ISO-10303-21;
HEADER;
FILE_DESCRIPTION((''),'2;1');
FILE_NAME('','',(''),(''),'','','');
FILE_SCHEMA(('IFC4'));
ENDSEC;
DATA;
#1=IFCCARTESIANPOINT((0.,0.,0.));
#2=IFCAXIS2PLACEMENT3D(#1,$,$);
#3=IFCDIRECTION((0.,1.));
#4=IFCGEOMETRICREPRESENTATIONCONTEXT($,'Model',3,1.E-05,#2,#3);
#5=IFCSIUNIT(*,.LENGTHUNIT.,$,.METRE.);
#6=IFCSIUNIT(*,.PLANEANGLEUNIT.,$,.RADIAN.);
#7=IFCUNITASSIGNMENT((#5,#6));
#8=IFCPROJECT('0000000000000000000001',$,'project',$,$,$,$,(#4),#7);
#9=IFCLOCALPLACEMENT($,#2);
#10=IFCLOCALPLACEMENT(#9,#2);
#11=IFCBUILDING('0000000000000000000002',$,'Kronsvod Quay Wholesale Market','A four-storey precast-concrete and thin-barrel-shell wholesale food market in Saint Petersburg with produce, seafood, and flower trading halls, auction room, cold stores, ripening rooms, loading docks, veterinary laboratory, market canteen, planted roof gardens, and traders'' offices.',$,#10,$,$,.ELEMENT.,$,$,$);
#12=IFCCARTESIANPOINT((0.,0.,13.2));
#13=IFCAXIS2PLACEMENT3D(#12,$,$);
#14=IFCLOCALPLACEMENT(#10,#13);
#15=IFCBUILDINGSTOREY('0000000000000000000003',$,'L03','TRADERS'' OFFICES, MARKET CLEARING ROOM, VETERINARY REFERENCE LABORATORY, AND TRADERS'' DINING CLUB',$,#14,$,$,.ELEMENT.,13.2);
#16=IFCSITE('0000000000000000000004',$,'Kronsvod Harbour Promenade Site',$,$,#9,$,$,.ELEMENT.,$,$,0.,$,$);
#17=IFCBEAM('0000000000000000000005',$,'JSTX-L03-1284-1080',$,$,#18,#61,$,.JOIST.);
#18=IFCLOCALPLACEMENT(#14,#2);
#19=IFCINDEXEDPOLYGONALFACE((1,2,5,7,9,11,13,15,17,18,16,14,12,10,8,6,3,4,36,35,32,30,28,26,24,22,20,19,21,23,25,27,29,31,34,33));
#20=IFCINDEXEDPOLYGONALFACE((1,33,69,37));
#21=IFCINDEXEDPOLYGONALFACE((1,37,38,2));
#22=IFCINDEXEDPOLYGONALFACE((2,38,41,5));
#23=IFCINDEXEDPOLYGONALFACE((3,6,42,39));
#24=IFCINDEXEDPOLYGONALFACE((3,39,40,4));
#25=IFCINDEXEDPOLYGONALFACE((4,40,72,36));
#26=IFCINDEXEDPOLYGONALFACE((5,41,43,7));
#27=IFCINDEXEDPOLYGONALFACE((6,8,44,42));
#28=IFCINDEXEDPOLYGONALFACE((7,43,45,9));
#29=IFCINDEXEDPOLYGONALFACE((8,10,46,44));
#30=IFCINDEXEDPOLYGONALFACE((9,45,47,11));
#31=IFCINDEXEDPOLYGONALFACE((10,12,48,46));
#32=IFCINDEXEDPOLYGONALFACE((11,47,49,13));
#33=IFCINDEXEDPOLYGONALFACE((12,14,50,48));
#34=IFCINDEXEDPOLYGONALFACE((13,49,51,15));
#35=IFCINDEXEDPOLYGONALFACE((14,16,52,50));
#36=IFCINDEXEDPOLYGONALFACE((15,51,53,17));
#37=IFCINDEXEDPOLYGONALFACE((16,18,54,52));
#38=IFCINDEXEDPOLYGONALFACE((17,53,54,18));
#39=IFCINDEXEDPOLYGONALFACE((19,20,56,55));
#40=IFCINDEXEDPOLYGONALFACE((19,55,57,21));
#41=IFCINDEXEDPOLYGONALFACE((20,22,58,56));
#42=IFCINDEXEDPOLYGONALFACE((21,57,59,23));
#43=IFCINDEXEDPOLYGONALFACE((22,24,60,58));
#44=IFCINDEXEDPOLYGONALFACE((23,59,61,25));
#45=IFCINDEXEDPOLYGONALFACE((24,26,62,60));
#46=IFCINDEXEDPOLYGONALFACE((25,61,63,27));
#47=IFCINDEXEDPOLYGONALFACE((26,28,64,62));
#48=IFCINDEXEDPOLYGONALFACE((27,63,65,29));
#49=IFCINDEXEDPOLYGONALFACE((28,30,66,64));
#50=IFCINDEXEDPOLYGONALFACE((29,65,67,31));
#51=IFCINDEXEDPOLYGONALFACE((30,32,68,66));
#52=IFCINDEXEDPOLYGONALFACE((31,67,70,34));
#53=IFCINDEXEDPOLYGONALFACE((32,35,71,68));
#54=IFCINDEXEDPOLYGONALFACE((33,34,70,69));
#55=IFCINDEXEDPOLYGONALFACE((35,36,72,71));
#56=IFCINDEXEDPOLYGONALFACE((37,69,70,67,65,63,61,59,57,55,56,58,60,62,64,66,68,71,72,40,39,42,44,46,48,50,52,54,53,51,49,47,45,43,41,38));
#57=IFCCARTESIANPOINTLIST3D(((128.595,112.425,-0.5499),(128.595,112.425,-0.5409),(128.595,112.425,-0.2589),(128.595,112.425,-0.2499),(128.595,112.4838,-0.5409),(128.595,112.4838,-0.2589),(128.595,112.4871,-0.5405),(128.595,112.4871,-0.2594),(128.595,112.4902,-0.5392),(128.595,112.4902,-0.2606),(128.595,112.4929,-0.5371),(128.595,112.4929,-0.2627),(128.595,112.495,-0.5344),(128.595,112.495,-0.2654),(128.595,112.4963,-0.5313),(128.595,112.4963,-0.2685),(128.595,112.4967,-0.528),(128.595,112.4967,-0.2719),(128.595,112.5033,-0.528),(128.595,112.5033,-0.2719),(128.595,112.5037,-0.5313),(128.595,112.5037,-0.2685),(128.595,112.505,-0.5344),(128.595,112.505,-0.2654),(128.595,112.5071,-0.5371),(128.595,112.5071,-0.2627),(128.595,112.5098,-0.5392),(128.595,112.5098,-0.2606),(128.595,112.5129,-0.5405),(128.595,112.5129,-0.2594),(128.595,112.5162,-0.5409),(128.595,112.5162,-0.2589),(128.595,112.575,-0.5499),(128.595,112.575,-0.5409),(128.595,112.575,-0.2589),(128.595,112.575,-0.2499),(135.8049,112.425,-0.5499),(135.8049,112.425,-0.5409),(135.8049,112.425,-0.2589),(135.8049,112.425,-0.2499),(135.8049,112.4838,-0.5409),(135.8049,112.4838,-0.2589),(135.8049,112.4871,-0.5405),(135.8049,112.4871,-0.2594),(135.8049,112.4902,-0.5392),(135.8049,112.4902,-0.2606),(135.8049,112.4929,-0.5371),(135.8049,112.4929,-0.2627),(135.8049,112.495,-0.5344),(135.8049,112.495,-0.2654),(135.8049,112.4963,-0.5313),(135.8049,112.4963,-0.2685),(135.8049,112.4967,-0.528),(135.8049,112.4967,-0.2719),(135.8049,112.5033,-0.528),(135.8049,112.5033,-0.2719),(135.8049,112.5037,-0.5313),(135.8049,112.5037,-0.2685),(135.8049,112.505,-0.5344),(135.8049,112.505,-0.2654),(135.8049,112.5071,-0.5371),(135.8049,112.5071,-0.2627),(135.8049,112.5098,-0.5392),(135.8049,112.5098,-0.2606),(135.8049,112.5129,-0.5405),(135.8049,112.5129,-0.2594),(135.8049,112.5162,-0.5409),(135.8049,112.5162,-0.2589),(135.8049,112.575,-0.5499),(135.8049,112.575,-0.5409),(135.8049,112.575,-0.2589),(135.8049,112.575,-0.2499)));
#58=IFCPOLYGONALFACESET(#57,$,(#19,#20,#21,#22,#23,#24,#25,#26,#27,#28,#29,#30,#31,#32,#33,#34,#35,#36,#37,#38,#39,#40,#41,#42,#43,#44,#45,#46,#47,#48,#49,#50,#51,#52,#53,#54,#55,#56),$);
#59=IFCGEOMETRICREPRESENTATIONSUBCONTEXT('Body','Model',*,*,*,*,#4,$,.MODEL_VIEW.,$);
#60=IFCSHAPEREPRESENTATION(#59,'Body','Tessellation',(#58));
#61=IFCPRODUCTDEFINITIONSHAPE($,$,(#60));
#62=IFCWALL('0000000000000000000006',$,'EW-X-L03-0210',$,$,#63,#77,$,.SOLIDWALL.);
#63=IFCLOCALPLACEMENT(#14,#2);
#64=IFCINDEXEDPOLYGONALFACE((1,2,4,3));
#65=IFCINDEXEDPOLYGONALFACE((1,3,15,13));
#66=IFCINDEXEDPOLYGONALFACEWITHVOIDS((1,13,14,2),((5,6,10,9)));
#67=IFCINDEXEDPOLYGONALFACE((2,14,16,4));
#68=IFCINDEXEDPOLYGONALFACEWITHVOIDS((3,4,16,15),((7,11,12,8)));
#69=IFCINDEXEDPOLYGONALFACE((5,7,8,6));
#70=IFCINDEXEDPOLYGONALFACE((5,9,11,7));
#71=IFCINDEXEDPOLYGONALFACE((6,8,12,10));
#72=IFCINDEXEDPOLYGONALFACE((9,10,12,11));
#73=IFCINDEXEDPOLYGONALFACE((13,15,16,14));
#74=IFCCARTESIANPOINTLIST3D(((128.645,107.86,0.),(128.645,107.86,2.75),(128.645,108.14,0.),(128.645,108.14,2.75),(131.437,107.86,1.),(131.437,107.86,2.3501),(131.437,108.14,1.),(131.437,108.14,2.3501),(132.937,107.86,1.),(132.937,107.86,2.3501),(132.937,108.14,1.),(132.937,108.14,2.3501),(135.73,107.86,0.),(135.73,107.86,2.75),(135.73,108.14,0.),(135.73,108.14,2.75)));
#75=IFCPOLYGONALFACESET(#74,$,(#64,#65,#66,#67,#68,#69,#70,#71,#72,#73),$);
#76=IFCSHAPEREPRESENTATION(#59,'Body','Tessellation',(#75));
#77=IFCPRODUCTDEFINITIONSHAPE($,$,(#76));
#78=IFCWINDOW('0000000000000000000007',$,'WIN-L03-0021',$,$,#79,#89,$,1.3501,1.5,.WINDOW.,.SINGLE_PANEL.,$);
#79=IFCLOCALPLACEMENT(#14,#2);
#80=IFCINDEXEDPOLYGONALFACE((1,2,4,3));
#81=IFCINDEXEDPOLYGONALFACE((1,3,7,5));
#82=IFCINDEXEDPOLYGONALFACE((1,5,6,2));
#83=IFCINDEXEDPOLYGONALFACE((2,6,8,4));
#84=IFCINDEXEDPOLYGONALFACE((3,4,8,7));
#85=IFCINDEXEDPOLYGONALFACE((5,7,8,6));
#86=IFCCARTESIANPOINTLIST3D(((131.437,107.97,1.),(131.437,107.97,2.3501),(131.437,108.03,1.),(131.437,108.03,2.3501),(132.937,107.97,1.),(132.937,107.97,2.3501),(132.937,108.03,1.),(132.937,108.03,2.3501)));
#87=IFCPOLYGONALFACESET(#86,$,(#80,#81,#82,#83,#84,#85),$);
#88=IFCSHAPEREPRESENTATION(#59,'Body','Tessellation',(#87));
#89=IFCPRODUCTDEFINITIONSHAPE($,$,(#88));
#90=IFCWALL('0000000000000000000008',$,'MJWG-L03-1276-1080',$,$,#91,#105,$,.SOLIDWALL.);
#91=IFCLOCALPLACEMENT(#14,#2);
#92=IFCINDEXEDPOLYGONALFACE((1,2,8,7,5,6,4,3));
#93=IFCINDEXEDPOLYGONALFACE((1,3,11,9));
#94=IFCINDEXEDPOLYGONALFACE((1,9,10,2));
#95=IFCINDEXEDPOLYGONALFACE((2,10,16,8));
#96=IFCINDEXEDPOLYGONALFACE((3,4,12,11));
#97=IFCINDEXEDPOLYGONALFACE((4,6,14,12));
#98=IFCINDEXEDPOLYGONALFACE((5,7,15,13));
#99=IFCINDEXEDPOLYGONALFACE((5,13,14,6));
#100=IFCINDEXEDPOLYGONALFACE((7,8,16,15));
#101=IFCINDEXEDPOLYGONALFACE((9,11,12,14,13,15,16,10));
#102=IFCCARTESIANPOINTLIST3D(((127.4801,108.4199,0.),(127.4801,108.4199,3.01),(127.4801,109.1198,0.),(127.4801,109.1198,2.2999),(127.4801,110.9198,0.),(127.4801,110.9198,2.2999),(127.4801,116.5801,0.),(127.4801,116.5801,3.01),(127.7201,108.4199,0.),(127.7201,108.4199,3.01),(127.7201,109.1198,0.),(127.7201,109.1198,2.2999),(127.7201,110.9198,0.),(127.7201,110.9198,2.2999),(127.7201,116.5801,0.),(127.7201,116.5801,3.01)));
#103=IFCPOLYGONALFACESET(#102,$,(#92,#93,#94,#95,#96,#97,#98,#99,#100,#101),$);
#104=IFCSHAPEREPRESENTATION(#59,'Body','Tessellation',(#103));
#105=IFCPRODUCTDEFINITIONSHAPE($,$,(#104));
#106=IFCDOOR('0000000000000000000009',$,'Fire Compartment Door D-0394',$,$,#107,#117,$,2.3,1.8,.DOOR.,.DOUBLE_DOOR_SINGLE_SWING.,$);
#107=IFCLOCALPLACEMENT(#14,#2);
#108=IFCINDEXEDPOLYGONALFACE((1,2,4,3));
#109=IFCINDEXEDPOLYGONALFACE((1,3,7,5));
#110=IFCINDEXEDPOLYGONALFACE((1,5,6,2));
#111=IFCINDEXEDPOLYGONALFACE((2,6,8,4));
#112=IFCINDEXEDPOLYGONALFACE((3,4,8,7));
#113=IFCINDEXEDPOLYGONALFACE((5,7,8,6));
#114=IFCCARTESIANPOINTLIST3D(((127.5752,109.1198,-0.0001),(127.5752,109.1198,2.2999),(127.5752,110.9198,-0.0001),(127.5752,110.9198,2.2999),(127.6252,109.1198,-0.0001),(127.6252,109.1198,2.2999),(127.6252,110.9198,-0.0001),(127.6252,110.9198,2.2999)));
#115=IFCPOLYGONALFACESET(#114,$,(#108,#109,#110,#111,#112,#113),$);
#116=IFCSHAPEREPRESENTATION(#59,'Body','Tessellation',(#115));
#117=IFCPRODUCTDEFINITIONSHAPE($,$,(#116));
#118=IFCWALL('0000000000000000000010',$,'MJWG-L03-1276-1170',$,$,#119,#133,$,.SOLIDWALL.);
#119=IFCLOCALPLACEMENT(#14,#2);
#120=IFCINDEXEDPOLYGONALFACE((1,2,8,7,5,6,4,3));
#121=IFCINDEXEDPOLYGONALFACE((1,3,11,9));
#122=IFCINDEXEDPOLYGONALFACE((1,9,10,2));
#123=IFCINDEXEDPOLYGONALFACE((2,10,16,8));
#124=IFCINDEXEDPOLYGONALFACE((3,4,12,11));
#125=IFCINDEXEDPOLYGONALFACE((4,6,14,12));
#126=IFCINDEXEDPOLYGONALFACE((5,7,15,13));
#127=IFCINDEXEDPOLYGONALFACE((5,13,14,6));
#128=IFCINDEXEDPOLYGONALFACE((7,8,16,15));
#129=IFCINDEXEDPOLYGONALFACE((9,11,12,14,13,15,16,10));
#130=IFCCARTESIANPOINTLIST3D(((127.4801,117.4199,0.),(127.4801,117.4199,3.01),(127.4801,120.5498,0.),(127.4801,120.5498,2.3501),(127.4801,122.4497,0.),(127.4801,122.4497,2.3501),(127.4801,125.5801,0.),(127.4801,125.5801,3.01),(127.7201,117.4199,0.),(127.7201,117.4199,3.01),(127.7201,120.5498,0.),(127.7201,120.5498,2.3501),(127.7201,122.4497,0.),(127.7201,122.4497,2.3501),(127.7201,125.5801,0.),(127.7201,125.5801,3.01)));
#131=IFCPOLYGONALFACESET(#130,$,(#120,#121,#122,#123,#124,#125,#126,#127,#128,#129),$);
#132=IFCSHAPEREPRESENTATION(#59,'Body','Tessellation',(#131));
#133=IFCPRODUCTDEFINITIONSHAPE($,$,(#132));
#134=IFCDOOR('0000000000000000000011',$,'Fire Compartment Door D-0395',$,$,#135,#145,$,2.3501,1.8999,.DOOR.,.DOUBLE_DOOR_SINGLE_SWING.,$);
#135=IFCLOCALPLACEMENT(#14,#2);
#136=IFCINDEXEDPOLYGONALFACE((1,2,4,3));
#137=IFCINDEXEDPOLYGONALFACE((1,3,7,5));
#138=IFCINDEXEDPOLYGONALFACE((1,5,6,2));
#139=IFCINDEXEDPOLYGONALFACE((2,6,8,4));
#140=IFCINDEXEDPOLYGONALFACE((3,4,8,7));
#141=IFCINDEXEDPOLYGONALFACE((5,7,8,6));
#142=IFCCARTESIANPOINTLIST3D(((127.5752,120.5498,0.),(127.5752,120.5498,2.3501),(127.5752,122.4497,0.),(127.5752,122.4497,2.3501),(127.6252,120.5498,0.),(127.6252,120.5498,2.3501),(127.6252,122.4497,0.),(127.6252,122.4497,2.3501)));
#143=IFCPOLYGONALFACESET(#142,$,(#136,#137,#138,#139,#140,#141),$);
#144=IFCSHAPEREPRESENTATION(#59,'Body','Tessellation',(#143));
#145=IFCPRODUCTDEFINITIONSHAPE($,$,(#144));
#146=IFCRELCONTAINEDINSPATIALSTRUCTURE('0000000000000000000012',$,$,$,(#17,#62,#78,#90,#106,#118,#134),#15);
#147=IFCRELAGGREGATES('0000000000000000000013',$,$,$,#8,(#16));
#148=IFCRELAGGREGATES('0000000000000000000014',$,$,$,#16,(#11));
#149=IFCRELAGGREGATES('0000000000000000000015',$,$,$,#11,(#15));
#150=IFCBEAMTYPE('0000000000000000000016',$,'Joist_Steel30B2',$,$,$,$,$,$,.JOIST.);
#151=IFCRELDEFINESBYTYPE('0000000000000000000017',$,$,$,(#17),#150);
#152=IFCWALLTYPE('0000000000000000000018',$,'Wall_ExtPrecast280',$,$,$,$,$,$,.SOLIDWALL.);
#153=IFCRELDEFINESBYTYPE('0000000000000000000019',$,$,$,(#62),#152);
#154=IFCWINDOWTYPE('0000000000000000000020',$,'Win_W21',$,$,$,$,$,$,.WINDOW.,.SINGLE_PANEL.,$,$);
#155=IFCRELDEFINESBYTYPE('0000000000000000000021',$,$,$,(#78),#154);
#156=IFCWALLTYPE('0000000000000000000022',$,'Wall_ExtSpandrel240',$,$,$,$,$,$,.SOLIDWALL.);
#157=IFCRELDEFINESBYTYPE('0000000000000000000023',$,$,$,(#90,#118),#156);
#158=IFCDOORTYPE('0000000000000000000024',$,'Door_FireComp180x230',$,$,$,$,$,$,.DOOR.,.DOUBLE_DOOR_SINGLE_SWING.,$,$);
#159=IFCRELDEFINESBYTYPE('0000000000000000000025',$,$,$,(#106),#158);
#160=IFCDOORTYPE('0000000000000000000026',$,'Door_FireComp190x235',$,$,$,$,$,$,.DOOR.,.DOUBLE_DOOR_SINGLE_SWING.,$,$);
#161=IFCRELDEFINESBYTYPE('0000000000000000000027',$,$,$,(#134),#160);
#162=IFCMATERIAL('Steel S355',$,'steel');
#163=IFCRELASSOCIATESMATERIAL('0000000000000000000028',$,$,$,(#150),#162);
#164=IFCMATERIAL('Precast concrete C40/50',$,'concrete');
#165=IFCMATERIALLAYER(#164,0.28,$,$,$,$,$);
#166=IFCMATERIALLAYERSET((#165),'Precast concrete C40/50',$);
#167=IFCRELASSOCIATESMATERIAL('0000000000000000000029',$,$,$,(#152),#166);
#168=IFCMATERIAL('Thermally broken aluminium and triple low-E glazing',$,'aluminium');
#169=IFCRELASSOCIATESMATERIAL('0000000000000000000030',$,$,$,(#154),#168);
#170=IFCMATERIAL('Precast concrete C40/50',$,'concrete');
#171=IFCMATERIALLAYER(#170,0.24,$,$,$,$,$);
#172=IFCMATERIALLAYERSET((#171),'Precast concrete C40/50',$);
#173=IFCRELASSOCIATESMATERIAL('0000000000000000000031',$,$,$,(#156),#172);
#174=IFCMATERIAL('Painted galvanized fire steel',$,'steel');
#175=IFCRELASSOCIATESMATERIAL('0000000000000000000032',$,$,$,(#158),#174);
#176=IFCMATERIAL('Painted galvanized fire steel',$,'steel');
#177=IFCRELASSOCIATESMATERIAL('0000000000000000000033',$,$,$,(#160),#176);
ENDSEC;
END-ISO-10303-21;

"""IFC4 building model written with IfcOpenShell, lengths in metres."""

from ifc_helpers import new_model, si_unit, direction, frame, frame_2d, origin, origin_2d, place, context, subcontext, project, spatial, rectangle, i_section, extrude, material, layer, layer_set, material_profile, profile_set, type_object, element, fill, save


model = new_model("IFC4")

# Units and contexts
model_context = context("Model", 3, precision=1e-05, world=origin(), true_north=direction((0.0, 1.0)))
body_context = subcontext(model_context, "Body", "Model", "MODEL_VIEW")
ifc_project = project(units=[si_unit("LENGTHUNIT", "METRE"), si_unit("PLANEANGLEUNIT", "RADIAN")], contexts=[model_context])

# Site, building, storey
site_placement = place(None, origin())
site = spatial("IfcSite", under=ifc_project, at=site_placement, Name="Kronsvod Harbour Promenade Site", CompositionType="ELEMENT", RefElevation=0.0)
building_placement = place(site_placement, origin())
building = spatial("IfcBuilding", under=site, at=building_placement, Name="Kronsvod Quay Wholesale Market", Description="A four-storey precast-concrete and thin-barrel-shell wholesale food market in Saint Petersburg with produce, seafood, and flower trading halls, auction room, cold stores, ripening rooms, loading docks, veterinary laboratory, market canteen, planted roof gardens, and traders' offices.", CompositionType="ELEMENT")
storey_placement = place(building_placement, frame((0.0, 0.0, 13.2)))
storey = spatial("IfcBuildingStorey", under=building, at=storey_placement, Name="L03", Description="TRADERS' OFFICES, MARKET CLEARING ROOM, VETERINARY REFERENCE LABORATORY, AND TRADERS' DINING CLUB", CompositionType="ELEMENT", Elevation=13.2)

# Beam
ifc_material_1 = material(Name="Steel S355", Category="steel")
ifc_material_profile_1 = material_profile(ifc_material_1, i_section(OverallWidth=0.1499, OverallDepth=0.3, WebThickness=0.0066, FlangeThickness=0.009, FilletRadius=0.0129, at=origin_2d()), Name="30B2")
ifc_profile_set_1 = profile_set([ifc_material_profile_1], Name="Steel S355")
beam_type_1 = type_object("IfcBeamType", Name="Joist_Steel30B2", PredefinedType="JOIST", material=ifc_profile_set_1)
for number, where, z_axis, x_axis, name in (
    (1, (128.595, 112.5, -0.3999), (1.0, 0.0, 0.0), (0.0, 1.0, 0.0), "JSTX-L03-1284-1080"),
):
    element("IfcBeam", number, at=place(storey_placement, frame(where, z_axis=z_axis, x_axis=x_axis)), inside=storey, type_object=beam_type_1, Name=name, PredefinedType="JOIST", context=body_context, shape_type="SweptSolid", body=[
        extrude(i_section(OverallWidth=0.1499, OverallDepth=0.3, WebThickness=0.0066, FlangeThickness=0.009, FilletRadius=0.0129, at=origin_2d()), origin(), (0.0, 0.0, 1.0), 7.21),
    ])

# Wall, opening, window
ifc_material_2 = material(Name="Precast concrete C40/50", Category="concrete")
ifc_layer_1 = layer(ifc_material_2, 0.28)
ifc_layer_set_1 = layer_set([ifc_layer_1], Name="Precast concrete C40/50")
wall_type_1 = type_object("IfcWallType", Name="Wall_ExtPrecast280", PredefinedType="SOLIDWALL", material=ifc_layer_set_1)
wall_1_placement = place(storey_placement, frame((128.645, 108.0, 0.0), z_axis=(0.0, 0.0, 1.0), x_axis=(1.0, 0.0, 0.0)))
wall_1 = element("IfcWall", 2, at=wall_1_placement, inside=storey, type_object=wall_type_1, Name="EW-X-L03-0210", PredefinedType="SOLIDWALL", context=body_context, shape_type="SweptSolid", body=[
    extrude(rectangle(XDim=7.085, YDim=0.28, at=frame_2d((3.5425, 0.0))), origin(), (0.0, 0.0, 1.0), 2.75),
])
opening_1_placement = place(wall_1_placement, frame((2.792, 0.0, 1.0)))
opening_1 = element("IfcOpeningElement", 3, at=opening_1_placement, cuts=wall_1, PredefinedType="OPENING", context=body_context, shape_type="SweptSolid", body=[
    extrude(rectangle(XDim=1.5, YDim=1.3501, at=frame_2d((0.75, 0.675))), frame((0.0, 0.1499, 0.0), z_axis=(0.0, -1.0, 0.0), x_axis=(1.0, 0.0, 0.0)), (0.0, 0.0, 1.0), 0.3),
])
ifc_material_3 = material(Name="Thermally broken aluminium and triple low-E glazing", Category="aluminium")
window_type = type_object("IfcWindowType", Name="Win_W21", PartitioningType="SINGLE_PANEL", PredefinedType="WINDOW", material=ifc_material_3)
window_placement = place(opening_1_placement, origin())
window = element("IfcWindow", 4, at=window_placement, inside=storey, type_object=window_type, Name="WIN-L03-0021", OverallHeight=1.3501, OverallWidth=1.5, PartitioningType="SINGLE_PANEL", PredefinedType="WINDOW", context=body_context, shape_type="SweptSolid", body=[
    extrude(rectangle(XDim=1.5, YDim=1.3501, at=frame_2d((0.75, 0.675))), frame((0.0, 0.03, 0.0), z_axis=(0.0, -1.0, 0.0), x_axis=(1.0, 0.0, 0.0)), (0.0, 0.0, 1.0), 0.0601),
])
fill(opening_1, window)

# Walls, openings, doors
ifc_material_4 = material(Name="Precast concrete C40/50", Category="concrete")
ifc_layer_2 = layer(ifc_material_4, 0.24)
ifc_layer_set_2 = layer_set([ifc_layer_2], Name="Precast concrete C40/50")
wall_type_2 = type_object("IfcWallType", Name="Wall_ExtSpandrel240", PredefinedType="SOLIDWALL", material=ifc_layer_set_2)
wall_2_placement = place(storey_placement, frame((127.6001, 108.4199, 0.0), z_axis=(0.0, 0.0, 1.0), x_axis=(0.0, 1.0, 0.0)))
wall_2 = element("IfcWall", 5, at=wall_2_placement, inside=storey, type_object=wall_type_2, Name="MJWG-L03-1276-1080", PredefinedType="SOLIDWALL", context=body_context, shape_type="SweptSolid", body=[
    extrude(rectangle(XDim=8.1602, YDim=0.24, at=frame_2d((4.0801, 0.0))), origin(), (0.0, 0.0, 1.0), 3.01),
])
opening_2_placement = place(wall_2_placement, frame((0.7, 0.0, 0.0)))
opening_2 = element("IfcOpeningElement", 6, at=opening_2_placement, cuts=wall_2, PredefinedType="OPENING", context=body_context, shape_type="SweptSolid", body=[
    extrude(rectangle(XDim=1.8, YDim=2.3, at=frame_2d((0.8999, 1.1499))), frame((0.0, 0.1299, 0.0), z_axis=(0.0, -1.0, 0.0), x_axis=(1.0, 0.0, 0.0)), (0.0, 0.0, 1.0), 0.26),
])
ifc_material_5 = material(Name="Painted galvanized fire steel", Category="steel")
door_type_1 = type_object("IfcDoorType", Name="Door_FireComp180x230", OperationType="DOUBLE_DOOR_SINGLE_SWING", PredefinedType="DOOR", material=ifc_material_5)
door_1_placement = place(opening_2_placement, origin())
door_1 = element("IfcDoor", 7, at=door_1_placement, inside=storey, type_object=door_type_1, Name="Fire Compartment Door D-0394", OperationType="DOUBLE_DOOR_SINGLE_SWING", OverallHeight=2.3, OverallWidth=1.8, PredefinedType="DOOR", context=body_context, shape_type="SweptSolid", body=[
    extrude(rectangle(XDim=1.8, YDim=2.3, at=frame_2d((0.8999, 1.1499))), frame((0.0, 0.0249, 0.0), z_axis=(0.0, -1.0, 0.0), x_axis=(1.0, 0.0, 0.0)), (0.0, 0.0, 1.0), 0.05),
])
fill(opening_2, door_1)
wall_3_placement = place(storey_placement, frame((127.6001, 117.4199, 0.0), z_axis=(0.0, 0.0, 1.0), x_axis=(0.0, 1.0, 0.0)))
wall_3 = element("IfcWall", 8, at=wall_3_placement, inside=storey, type_object=wall_type_2, Name="MJWG-L03-1276-1170", PredefinedType="SOLIDWALL", context=body_context, shape_type="SweptSolid", body=[
    extrude(rectangle(XDim=8.1602, YDim=0.24, at=frame_2d((4.0801, 0.0))), origin(), (0.0, 0.0, 1.0), 3.01),
])
opening_3_placement = place(wall_3_placement, frame((3.1299, 0.0, 0.0)))
opening_3 = element("IfcOpeningElement", 9, at=opening_3_placement, cuts=wall_3, PredefinedType="OPENING", context=body_context, shape_type="SweptSolid", body=[
    extrude(rectangle(XDim=1.8999, YDim=2.3501, at=frame_2d((0.95, 1.175))), frame((0.0, 0.1299, 0.0), z_axis=(0.0, -1.0, 0.0), x_axis=(1.0, 0.0, 0.0)), (0.0, 0.0, 1.0), 0.26),
])
ifc_material_6 = material(Name="Painted galvanized fire steel", Category="steel")
door_type_2 = type_object("IfcDoorType", Name="Door_FireComp190x235", OperationType="DOUBLE_DOOR_SINGLE_SWING", PredefinedType="DOOR", material=ifc_material_6)
door_2_placement = place(opening_3_placement, origin())
door_2 = element("IfcDoor", 10, at=door_2_placement, inside=storey, type_object=door_type_2, Name="Fire Compartment Door D-0395", OperationType="DOUBLE_DOOR_SINGLE_SWING", OverallHeight=2.3501, OverallWidth=1.8999, PredefinedType="DOOR", context=body_context, shape_type="SweptSolid", body=[
    extrude(rectangle(XDim=1.8999, YDim=2.3501, at=frame_2d((0.95, 1.175))), frame((0.0, 0.0249, 0.0), z_axis=(0.0, -1.0, 0.0), x_axis=(1.0, 0.0, 0.0)), (0.0, 0.0, 1.0), 0.05),
])
fill(opening_3, door_2)

save(model, "model.ifc")
